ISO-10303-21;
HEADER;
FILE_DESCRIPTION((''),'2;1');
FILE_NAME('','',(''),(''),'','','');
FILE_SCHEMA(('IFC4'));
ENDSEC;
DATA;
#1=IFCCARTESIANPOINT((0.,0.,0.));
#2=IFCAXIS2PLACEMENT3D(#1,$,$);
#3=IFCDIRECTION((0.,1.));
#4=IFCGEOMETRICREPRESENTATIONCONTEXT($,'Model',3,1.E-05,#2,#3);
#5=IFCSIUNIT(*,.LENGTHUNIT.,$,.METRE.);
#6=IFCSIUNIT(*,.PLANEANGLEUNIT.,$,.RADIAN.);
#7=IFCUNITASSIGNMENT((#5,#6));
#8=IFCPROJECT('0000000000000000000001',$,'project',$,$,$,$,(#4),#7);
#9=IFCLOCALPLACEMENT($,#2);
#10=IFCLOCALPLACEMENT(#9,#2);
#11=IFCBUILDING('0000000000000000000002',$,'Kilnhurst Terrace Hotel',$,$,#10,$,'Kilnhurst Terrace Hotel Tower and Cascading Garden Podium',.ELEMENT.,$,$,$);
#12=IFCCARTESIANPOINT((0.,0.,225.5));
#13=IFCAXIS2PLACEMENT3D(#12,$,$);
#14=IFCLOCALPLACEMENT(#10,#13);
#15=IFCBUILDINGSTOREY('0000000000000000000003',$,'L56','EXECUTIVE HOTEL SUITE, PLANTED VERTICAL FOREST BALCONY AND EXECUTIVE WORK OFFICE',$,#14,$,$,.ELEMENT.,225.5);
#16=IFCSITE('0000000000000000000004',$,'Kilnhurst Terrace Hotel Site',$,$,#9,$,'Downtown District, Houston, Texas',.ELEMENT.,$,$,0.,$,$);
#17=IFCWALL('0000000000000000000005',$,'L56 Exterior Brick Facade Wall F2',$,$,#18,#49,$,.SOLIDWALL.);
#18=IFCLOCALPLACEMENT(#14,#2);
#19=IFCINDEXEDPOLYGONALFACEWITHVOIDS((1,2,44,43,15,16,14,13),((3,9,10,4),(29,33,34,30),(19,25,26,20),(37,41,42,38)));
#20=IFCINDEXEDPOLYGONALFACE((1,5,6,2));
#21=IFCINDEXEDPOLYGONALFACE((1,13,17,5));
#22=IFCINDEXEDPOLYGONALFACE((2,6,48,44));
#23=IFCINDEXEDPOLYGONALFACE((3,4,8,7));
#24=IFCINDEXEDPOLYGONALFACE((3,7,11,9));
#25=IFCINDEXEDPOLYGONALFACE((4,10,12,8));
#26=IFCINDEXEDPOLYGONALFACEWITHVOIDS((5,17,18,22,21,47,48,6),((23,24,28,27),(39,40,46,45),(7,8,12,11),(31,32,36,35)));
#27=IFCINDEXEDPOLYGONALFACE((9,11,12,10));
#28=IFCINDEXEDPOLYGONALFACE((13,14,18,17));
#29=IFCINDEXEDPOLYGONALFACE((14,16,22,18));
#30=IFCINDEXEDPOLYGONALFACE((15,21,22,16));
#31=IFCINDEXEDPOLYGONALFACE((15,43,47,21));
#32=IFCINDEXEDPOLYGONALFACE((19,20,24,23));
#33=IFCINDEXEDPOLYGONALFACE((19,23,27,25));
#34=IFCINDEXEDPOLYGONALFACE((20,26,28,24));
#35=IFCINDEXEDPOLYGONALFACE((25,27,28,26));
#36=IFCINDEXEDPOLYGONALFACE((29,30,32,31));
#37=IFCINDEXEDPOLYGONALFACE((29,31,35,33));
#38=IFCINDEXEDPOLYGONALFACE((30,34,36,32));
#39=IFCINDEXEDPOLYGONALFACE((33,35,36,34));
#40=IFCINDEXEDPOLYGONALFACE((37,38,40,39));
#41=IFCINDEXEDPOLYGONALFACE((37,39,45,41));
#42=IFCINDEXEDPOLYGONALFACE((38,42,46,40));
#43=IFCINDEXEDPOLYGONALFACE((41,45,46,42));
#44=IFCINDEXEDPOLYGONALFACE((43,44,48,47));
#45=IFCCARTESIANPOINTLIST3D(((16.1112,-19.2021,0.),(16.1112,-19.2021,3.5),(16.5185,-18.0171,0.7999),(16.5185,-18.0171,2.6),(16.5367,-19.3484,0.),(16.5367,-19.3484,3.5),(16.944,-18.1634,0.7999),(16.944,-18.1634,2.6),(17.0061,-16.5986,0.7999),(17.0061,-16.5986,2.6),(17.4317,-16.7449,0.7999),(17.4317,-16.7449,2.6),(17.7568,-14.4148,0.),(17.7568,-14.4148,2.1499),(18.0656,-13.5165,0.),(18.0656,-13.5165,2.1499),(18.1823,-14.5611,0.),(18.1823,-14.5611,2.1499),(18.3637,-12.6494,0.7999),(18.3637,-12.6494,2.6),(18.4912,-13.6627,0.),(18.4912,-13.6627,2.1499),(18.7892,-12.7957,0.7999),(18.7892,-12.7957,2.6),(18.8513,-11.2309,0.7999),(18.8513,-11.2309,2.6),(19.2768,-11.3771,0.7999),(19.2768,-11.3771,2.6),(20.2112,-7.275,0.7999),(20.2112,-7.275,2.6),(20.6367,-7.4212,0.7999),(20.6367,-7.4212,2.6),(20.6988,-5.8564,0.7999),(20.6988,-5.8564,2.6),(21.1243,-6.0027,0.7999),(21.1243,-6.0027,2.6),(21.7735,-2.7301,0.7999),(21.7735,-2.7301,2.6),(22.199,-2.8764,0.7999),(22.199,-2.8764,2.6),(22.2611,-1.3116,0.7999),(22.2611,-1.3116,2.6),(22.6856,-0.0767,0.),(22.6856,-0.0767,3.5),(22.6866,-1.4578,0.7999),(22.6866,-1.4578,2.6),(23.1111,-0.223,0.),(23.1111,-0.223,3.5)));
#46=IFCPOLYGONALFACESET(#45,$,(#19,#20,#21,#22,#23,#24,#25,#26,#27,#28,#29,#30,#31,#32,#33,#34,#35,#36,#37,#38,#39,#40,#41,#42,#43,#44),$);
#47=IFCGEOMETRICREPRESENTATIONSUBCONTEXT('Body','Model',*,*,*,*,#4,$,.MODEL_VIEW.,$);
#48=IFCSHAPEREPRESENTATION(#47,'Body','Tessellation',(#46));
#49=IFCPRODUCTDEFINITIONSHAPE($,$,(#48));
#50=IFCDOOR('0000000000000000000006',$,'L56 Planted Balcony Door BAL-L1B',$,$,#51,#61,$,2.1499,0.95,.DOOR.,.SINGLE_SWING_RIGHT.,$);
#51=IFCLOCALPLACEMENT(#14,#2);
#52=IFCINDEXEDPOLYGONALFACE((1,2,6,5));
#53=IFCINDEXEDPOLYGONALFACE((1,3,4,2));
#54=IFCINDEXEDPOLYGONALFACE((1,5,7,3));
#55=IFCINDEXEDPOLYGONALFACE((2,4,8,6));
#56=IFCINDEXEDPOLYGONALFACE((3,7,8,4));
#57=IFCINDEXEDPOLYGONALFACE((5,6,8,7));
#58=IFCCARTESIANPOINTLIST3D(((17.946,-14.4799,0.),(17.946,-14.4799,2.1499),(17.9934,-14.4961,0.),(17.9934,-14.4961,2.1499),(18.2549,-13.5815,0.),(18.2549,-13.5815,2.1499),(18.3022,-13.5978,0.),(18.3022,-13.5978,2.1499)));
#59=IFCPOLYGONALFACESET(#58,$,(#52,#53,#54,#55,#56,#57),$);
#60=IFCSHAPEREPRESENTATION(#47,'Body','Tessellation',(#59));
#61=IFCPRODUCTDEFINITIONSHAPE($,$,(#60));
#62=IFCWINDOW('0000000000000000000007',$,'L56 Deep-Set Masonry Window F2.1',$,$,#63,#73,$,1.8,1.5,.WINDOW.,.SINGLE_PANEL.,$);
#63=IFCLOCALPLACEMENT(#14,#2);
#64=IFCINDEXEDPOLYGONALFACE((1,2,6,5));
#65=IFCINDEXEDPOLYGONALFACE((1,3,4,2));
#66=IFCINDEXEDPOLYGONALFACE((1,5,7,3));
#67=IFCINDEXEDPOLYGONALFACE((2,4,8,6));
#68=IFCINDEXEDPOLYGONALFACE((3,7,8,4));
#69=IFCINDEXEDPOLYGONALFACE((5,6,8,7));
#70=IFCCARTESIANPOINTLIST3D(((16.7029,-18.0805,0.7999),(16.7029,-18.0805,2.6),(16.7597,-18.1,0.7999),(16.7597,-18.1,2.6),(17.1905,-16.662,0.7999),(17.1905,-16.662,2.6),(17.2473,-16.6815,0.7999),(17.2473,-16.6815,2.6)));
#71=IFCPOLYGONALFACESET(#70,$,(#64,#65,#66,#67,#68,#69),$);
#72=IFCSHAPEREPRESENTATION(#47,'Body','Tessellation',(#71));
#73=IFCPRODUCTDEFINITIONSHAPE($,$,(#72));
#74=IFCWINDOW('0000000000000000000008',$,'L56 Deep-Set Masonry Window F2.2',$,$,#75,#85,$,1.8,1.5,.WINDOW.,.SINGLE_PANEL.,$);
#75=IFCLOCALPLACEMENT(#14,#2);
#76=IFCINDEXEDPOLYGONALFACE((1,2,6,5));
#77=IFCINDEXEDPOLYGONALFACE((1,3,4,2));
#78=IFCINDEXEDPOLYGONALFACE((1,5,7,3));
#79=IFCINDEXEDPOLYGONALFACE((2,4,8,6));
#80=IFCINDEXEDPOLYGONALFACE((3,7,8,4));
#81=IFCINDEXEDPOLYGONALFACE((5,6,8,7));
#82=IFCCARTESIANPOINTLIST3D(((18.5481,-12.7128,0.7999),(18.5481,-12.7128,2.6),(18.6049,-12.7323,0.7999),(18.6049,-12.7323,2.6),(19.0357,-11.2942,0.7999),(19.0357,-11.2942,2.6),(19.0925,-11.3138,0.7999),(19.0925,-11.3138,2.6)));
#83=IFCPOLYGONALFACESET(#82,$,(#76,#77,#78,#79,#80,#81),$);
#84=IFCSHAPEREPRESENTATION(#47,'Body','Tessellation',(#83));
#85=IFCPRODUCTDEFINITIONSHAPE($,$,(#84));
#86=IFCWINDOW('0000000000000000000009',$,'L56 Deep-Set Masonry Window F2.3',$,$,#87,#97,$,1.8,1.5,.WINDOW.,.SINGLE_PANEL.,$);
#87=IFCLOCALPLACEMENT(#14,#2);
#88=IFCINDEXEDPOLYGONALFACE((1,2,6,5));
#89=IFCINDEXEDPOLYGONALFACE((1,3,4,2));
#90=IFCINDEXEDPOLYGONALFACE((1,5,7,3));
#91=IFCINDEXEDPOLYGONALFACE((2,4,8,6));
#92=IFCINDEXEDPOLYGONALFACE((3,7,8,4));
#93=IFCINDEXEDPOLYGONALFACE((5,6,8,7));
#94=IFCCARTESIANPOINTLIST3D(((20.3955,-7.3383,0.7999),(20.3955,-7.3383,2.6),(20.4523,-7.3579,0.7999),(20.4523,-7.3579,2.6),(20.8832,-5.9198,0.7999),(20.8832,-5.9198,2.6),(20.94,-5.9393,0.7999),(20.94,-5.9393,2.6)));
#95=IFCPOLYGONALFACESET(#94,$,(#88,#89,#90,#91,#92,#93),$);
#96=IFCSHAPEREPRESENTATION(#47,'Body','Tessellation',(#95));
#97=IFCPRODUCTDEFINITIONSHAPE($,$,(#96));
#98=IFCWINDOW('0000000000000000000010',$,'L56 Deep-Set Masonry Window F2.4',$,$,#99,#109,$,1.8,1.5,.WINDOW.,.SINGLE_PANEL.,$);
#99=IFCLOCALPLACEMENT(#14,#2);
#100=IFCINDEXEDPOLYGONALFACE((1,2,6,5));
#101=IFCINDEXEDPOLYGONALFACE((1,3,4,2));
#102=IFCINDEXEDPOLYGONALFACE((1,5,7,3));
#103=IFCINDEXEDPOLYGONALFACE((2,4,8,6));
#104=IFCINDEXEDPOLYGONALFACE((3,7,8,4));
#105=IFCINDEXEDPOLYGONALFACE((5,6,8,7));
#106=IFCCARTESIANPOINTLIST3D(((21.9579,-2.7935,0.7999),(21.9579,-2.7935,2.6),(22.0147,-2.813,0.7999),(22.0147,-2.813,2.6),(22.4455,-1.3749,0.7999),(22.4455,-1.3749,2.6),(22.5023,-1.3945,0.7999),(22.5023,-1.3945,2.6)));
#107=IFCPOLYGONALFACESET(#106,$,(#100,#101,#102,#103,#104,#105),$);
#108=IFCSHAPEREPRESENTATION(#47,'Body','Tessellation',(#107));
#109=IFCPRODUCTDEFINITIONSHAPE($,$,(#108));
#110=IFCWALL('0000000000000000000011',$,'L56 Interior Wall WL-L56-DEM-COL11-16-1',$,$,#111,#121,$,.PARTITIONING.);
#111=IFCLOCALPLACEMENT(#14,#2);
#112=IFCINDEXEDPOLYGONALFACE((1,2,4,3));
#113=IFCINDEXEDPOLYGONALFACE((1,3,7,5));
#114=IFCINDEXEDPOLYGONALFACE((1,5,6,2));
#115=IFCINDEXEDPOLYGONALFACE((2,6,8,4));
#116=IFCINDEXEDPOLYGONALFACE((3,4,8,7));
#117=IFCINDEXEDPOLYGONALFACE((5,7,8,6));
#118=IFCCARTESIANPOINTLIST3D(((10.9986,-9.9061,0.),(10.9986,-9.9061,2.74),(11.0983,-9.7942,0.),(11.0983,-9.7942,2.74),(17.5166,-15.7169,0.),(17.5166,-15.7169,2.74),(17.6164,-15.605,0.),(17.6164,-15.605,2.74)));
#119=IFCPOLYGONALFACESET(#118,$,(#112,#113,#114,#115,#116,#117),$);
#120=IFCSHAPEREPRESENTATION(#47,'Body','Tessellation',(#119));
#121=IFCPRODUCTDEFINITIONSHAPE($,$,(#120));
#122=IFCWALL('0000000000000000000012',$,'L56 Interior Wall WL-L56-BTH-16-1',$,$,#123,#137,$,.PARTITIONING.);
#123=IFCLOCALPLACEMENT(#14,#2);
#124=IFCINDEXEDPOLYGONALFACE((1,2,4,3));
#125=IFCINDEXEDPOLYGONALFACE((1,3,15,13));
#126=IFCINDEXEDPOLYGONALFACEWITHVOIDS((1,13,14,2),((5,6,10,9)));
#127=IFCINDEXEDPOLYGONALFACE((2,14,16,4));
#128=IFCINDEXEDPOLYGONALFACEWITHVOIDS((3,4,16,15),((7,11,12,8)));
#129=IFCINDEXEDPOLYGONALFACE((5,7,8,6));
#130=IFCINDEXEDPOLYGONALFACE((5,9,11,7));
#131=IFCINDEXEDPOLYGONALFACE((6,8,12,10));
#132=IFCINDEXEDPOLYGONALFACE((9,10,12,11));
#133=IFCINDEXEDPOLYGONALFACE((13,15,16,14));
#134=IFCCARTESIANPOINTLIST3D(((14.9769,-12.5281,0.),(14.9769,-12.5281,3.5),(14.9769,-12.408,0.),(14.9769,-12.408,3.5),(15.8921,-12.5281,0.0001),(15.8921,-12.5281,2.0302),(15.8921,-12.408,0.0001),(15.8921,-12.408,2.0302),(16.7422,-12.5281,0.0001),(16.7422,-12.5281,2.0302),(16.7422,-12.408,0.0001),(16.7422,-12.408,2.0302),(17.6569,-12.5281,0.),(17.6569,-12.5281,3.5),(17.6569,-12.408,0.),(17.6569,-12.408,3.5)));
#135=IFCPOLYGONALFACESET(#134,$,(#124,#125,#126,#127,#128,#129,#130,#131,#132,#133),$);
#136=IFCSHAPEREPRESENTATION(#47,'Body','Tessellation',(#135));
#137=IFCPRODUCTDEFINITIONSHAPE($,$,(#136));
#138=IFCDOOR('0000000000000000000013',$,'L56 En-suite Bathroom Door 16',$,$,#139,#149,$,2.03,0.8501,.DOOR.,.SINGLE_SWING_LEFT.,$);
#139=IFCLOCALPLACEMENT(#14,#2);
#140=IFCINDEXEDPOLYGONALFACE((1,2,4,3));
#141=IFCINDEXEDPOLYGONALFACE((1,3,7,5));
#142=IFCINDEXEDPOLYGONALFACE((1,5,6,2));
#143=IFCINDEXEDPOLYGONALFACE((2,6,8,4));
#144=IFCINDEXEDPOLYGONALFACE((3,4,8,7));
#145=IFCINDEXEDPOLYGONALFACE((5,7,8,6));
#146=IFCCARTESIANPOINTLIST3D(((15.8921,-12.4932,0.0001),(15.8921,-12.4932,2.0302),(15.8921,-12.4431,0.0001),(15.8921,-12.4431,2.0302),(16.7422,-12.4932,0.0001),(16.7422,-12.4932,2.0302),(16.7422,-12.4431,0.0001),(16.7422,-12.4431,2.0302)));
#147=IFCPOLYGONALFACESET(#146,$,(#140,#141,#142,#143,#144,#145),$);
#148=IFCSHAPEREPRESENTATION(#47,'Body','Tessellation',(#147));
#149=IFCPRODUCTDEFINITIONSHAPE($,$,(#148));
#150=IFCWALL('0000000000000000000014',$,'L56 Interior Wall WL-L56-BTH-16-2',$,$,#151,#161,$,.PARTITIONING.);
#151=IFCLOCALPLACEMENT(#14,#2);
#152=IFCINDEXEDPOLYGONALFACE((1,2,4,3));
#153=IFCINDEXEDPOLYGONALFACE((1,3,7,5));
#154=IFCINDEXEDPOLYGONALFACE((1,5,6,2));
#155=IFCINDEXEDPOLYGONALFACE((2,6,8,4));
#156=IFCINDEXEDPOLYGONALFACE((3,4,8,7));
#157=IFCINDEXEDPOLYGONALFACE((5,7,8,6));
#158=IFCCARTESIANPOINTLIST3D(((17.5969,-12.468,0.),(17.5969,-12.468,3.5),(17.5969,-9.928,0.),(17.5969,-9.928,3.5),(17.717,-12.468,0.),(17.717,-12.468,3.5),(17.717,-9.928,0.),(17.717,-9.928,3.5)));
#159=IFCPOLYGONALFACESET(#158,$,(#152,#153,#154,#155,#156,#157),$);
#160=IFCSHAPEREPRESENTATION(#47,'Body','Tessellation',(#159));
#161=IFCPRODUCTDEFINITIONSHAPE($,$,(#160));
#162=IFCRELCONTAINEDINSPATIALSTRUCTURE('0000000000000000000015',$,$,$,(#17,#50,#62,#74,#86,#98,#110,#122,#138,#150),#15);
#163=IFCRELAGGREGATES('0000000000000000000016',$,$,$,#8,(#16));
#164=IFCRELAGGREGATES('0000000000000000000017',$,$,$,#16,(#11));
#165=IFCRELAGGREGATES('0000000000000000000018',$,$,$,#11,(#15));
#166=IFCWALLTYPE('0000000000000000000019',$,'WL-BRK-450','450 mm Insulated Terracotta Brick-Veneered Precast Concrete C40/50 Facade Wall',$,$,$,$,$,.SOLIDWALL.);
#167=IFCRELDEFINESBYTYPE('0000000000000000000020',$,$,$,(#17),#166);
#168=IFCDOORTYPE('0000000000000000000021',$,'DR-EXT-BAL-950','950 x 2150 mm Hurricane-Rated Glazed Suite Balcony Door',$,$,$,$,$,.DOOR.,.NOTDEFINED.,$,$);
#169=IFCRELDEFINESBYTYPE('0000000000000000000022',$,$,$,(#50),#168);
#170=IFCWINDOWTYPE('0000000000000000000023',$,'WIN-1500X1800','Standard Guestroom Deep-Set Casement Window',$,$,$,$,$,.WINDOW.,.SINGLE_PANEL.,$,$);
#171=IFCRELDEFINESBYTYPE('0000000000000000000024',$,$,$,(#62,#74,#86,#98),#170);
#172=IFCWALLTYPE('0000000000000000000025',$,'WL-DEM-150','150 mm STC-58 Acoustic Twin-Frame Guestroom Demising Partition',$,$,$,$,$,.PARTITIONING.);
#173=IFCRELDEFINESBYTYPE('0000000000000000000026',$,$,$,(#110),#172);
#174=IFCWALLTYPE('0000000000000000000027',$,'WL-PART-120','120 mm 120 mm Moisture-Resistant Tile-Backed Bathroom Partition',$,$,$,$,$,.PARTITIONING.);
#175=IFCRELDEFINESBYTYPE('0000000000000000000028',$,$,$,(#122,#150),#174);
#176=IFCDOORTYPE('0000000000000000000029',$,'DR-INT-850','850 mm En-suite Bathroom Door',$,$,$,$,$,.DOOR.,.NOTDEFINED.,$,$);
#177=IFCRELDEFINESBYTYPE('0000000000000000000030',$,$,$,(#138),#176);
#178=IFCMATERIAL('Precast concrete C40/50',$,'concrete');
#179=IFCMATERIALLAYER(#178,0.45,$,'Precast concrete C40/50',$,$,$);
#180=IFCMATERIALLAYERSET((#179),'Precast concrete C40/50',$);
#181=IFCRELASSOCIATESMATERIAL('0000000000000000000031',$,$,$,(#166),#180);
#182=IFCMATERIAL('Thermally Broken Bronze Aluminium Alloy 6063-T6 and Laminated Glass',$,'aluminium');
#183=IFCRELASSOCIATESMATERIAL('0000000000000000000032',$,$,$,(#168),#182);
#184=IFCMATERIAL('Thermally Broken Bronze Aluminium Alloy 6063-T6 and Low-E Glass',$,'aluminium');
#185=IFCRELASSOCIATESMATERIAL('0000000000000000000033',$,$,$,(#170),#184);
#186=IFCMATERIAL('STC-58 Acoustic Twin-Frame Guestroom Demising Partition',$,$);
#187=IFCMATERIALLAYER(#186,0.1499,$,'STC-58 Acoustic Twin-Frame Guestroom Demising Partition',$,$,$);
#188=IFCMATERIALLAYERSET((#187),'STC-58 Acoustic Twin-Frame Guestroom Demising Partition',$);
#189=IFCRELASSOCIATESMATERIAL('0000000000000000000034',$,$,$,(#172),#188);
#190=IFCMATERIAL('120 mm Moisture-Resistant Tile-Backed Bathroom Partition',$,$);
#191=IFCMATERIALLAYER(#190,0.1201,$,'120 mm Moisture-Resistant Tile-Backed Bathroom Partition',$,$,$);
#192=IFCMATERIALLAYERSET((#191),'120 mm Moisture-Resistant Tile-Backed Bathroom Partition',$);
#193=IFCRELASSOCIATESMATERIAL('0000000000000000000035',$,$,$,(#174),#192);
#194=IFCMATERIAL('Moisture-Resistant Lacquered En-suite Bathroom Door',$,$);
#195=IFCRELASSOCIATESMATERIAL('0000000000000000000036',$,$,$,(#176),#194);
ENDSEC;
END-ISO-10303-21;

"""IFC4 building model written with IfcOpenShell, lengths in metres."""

from ifc_helpers import new_model, si_unit, direction, frame, frame_2d, origin, place, context, subcontext, project, spatial, rectangle, extrude, material, layer, layer_set, type_object, element, fill, save


model = new_model("IFC4")

# Units and contexts
model_context = context("Model", 3, precision=1e-05, world=origin(), true_north=direction((0.0, 1.0)))
body_context = subcontext(model_context, "Body", "Model", "MODEL_VIEW")
ifc_project = project(units=[si_unit("LENGTHUNIT", "METRE"), si_unit("PLANEANGLEUNIT", "RADIAN")], contexts=[model_context])

# Site, building, storey
site_placement = place(None, origin())
site = spatial("IfcSite", under=ifc_project, at=site_placement, Name="Kilnhurst Terrace Hotel Site", LongName="Downtown District, Houston, Texas", CompositionType="ELEMENT", RefElevation=0.0)
building_placement = place(site_placement, origin())
building = spatial("IfcBuilding", under=site, at=building_placement, Name="Kilnhurst Terrace Hotel", LongName="Kilnhurst Terrace Hotel Tower and Cascading Garden Podium", CompositionType="ELEMENT")
storey_placement = place(building_placement, frame((0.0, 0.0, 225.5)))
storey = spatial("IfcBuildingStorey", under=building, at=storey_placement, Name="L56", Description="EXECUTIVE HOTEL SUITE, PLANTED VERTICAL FOREST BALCONY AND EXECUTIVE WORK OFFICE", CompositionType="ELEMENT", Elevation=225.5)

# Shared definitions
ifc_material_1 = material(Name="Precast concrete C40/50", Category="concrete")
ifc_layer_1 = layer(ifc_material_1, 0.45, Name="Precast concrete C40/50")
ifc_layer_set_1 = layer_set([ifc_layer_1], Name="Precast concrete C40/50")
wall_type_1 = type_object("IfcWallType", Name="WL-BRK-450", Description="450 mm Insulated Terracotta Brick-Veneered Precast Concrete C40/50 Facade Wall", PredefinedType="SOLIDWALL", material=ifc_layer_set_1)

# Wall, openings, door, windows
wall_1_placement = place(storey_placement, frame((16.324, -19.2751, 0.0), z_axis=(0.0, 0.0, 1.0), x_axis=(0.325083, 0.945685, 0.0)))
wall_1 = element("IfcWall", 1, at=wall_1_placement, inside=storey, type_object=wall_type_1, Name="L56 Exterior Brick Facade Wall F2", PredefinedType="SOLIDWALL", context=body_context, shape_type="SweptSolid", body=[
    extrude(rectangle(XDim=20.2239, YDim=0.45, at=frame_2d((10.1118, 0.0))), origin(), (0.0, 0.0, 1.0), 3.5),
])
opening_1_placement = place(wall_1_placement, frame((5.062, 0.0, 0.0)))
opening_1 = element("IfcOpeningElement", 2, at=opening_1_placement, cuts=wall_1, PredefinedType="OPENING", context=body_context, shape_type="SweptSolid", body=[
    extrude(rectangle(XDim=0.95, YDim=2.1499, at=frame_2d((0.4751, 1.075))), frame((0.0, 0.2349, 0.0), z_axis=(0.0, -1.0, 0.0), x_axis=(1.0, 0.0, 0.0)), (0.0, 0.0, 1.0), 0.47),
])
opening_2_placement = place(wall_1_placement, frame((1.2529, 0.0, 0.8)))
opening_2 = element("IfcOpeningElement", 3, at=opening_2_placement, cuts=wall_1, PredefinedType="OPENING", context=body_context, shape_type="SweptSolid", body=[
    extrude(rectangle(XDim=1.5, YDim=1.8, at=frame_2d((0.75, 0.8999))), frame((0.0, 0.2349, 0.0), z_axis=(0.0, -1.0, 0.0), x_axis=(1.0, 0.0, 0.0)), (0.0, 0.0, 1.0), 0.47),
])
opening_3_placement = place(wall_1_placement, frame((6.929, 0.0, 0.8)))
opening_3 = element("IfcOpeningElement", 4, at=opening_3_placement, cuts=wall_1, PredefinedType="OPENING", context=body_context, shape_type="SweptSolid", body=[
    extrude(rectangle(XDim=1.5, YDim=1.8, at=frame_2d((0.75, 0.8999))), frame((0.0, 0.2349, 0.0), z_axis=(0.0, -1.0, 0.0), x_axis=(1.0, 0.0, 0.0)), (0.0, 0.0, 1.0), 0.47),
])
opening_4_placement = place(wall_1_placement, frame((12.6121, 0.0, 0.8)))
opening_4 = element("IfcOpeningElement", 5, at=opening_4_placement, cuts=wall_1, PredefinedType="OPENING", context=body_context, shape_type="SweptSolid", body=[
    extrude(rectangle(XDim=1.5, YDim=1.8, at=frame_2d((0.75, 0.8999))), frame((0.0, 0.2349, 0.0), z_axis=(0.0, -1.0, 0.0), x_axis=(1.0, 0.0, 0.0)), (0.0, 0.0, 1.0), 0.47),
])
opening_5_placement = place(wall_1_placement, frame((17.418, 0.0, 0.8)))
opening_5 = element("IfcOpeningElement", 6, at=opening_5_placement, cuts=wall_1, PredefinedType="OPENING", context=body_context, shape_type="SweptSolid", body=[
    extrude(rectangle(XDim=1.5, YDim=1.8, at=frame_2d((0.75, 0.8999))), frame((0.0, 0.2349, 0.0), z_axis=(0.0, -1.0, 0.0), x_axis=(1.0, 0.0, 0.0)), (0.0, 0.0, 1.0), 0.47),
])
ifc_material_2 = material(Name="Thermally Broken Bronze Aluminium Alloy 6063-T6 and Laminated Glass", Category="aluminium")
door_type_1 = type_object("IfcDoorType", Name="DR-EXT-BAL-950", Description="950 x 2150 mm Hurricane-Rated Glazed Suite Balcony Door", OperationType="NOTDEFINED", PredefinedType="DOOR", material=ifc_material_2)
door_1_placement = place(opening_1_placement, origin())
door_1 = element("IfcDoor", 7, at=door_1_placement, inside=storey, type_object=door_type_1, Name="L56 Planted Balcony Door BAL-L1B", OperationType="SINGLE_SWING_RIGHT", OverallHeight=2.1499, OverallWidth=0.95, PredefinedType="DOOR", context=body_context, shape_type="SweptSolid", body=[
    extrude(rectangle(XDim=0.95, YDim=2.1499, at=frame_2d((0.4751, 1.075))), frame((0.0, 0.0249, 0.0), z_axis=(0.0, -1.0, 0.0), x_axis=(1.0, 0.0, 0.0)), (0.0, 0.0, 1.0), 0.05),
])
fill(opening_1, door_1)
ifc_material_3 = material(Name="Thermally Broken Bronze Aluminium Alloy 6063-T6 and Low-E Glass", Category="aluminium")
window_type = type_object("IfcWindowType", Name="WIN-1500X1800", Description="Standard Guestroom Deep-Set Casement Window", PartitioningType="SINGLE_PANEL", PredefinedType="WINDOW", material=ifc_material_3)
window_1_placement = place(opening_2_placement, origin())
window_1 = element("IfcWindow", 8, at=window_1_placement, inside=storey, type_object=window_type, Name="L56 Deep-Set Masonry Window F2.1", OverallHeight=1.8, OverallWidth=1.5, PartitioningType="SINGLE_PANEL", PredefinedType="WINDOW", context=body_context, shape_type="SweptSolid", body=[
    extrude(rectangle(XDim=1.5, YDim=1.8, at=frame_2d((0.75, 0.8999))), frame((0.0, 0.03, 0.0), z_axis=(0.0, -1.0, 0.0), x_axis=(1.0, 0.0, 0.0)), (0.0, 0.0, 1.0), 0.0601),
])
fill(opening_2, window_1)
window_2_placement = place(opening_3_placement, origin())
window_2 = element("IfcWindow", 9, at=window_2_placement, inside=storey, type_object=window_type, Name="L56 Deep-Set Masonry Window F2.2", OverallHeight=1.8, OverallWidth=1.5, PartitioningType="SINGLE_PANEL", PredefinedType="WINDOW", context=body_context, shape_type="SweptSolid", body=[
    extrude(rectangle(XDim=1.5, YDim=1.8, at=frame_2d((0.75, 0.8999))), frame((0.0, 0.03, 0.0), z_axis=(0.0, -1.0, 0.0), x_axis=(1.0, 0.0, 0.0)), (0.0, 0.0, 1.0), 0.0601),
])
fill(opening_3, window_2)
window_3_placement = place(opening_4_placement, origin())
window_3 = element("IfcWindow", 10, at=window_3_placement, inside=storey, type_object=window_type, Name="L56 Deep-Set Masonry Window F2.3", OverallHeight=1.8, OverallWidth=1.5, PartitioningType="SINGLE_PANEL", PredefinedType="WINDOW", context=body_context, shape_type="SweptSolid", body=[
    extrude(rectangle(XDim=1.5, YDim=1.8, at=frame_2d((0.75, 0.8999))), frame((0.0, 0.03, 0.0), z_axis=(0.0, -1.0, 0.0), x_axis=(1.0, 0.0, 0.0)), (0.0, 0.0, 1.0), 0.0601),
])
fill(opening_4, window_3)
window_4_placement = place(opening_5_placement, origin())
window_4 = element("IfcWindow", 11, at=window_4_placement, inside=storey, type_object=window_type, Name="L56 Deep-Set Masonry Window F2.4", OverallHeight=1.8, OverallWidth=1.5, PartitioningType="SINGLE_PANEL", PredefinedType="WINDOW", context=body_context, shape_type="SweptSolid", body=[
    extrude(rectangle(XDim=1.5, YDim=1.8, at=frame_2d((0.75, 0.8999))), frame((0.0, 0.03, 0.0), z_axis=(0.0, -1.0, 0.0), x_axis=(1.0, 0.0, 0.0)), (0.0, 0.0, 1.0), 0.0601),
])
fill(opening_5, window_4)

# Wall
ifc_material_4 = material(Name="STC-58 Acoustic Twin-Frame Guestroom Demising Partition")
ifc_layer_2 = layer(ifc_material_4, 0.1499, Name="STC-58 Acoustic Twin-Frame Guestroom Demising Partition")
ifc_layer_set_2 = layer_set([ifc_layer_2], Name="STC-58 Acoustic Twin-Frame Guestroom Demising Partition")
wall_type_2 = type_object("IfcWallType", Name="WL-DEM-150", Description="150 mm STC-58 Acoustic Twin-Frame Guestroom Demising Partition", PredefinedType="PARTITIONING", material=ifc_layer_set_2)
wall_2_placement = place(storey_placement, frame((11.0483, -9.8501, 0.0), z_axis=(0.0, 0.0, 1.0), x_axis=(0.746444, -0.665448, 0.0)))
element("IfcWall", 12, at=wall_2_placement, inside=storey, type_object=wall_type_2, Name="L56 Interior Wall WL-L56-DEM-COL11-16-1", PredefinedType="PARTITIONING", context=body_context, shape_type="SweptSolid", body=[
    extrude(rectangle(XDim=8.7322, YDim=0.1499, at=frame_2d((4.3662, 0.0))), origin(), (0.0, 0.0, 1.0), 2.74),
])

# Wall, opening, door
ifc_material_5 = material(Name="120 mm Moisture-Resistant Tile-Backed Bathroom Partition")
ifc_layer_3 = layer(ifc_material_5, 0.1201, Name="120 mm Moisture-Resistant Tile-Backed Bathroom Partition")
ifc_layer_set_3 = layer_set([ifc_layer_3], Name="120 mm Moisture-Resistant Tile-Backed Bathroom Partition")
wall_type_3 = type_object("IfcWallType", Name="WL-PART-120", Description="120 mm 120 mm Moisture-Resistant Tile-Backed Bathroom Partition", PredefinedType="PARTITIONING", material=ifc_layer_set_3)
wall_3_placement = place(storey_placement, frame((14.9771, -12.468, 0.0), z_axis=(0.0, 0.0, 1.0), x_axis=(1.0, 0.0, 0.0)))
wall_3 = element("IfcWall", 13, at=wall_3_placement, inside=storey, type_object=wall_type_3, Name="L56 Interior Wall WL-L56-BTH-16-1", PredefinedType="PARTITIONING", context=body_context, shape_type="SweptSolid", body=[
    extrude(rectangle(XDim=2.6799, YDim=0.1201, at=frame_2d((1.3398, 0.0))), origin(), (0.0, 0.0, 1.0), 3.5),
])
opening_6_placement = place(wall_3_placement, frame((0.915, 0.0, 0.0)))
opening_6 = element("IfcOpeningElement", 14, at=opening_6_placement, cuts=wall_3, PredefinedType="OPENING", context=body_context, shape_type="SweptSolid", body=[
    extrude(rectangle(XDim=0.8501, YDim=2.03, at=frame_2d((0.425, 1.0151))), frame((0.0, 0.0701, 0.0), z_axis=(0.0, -1.0, 0.0), x_axis=(1.0, 0.0, 0.0)), (0.0, 0.0, 1.0), 0.1401),
])
ifc_material_6 = material(Name="Moisture-Resistant Lacquered En-suite Bathroom Door")
door_type_2 = type_object("IfcDoorType", Name="DR-INT-850", Description="850 mm En-suite Bathroom Door", OperationType="NOTDEFINED", PredefinedType="DOOR", material=ifc_material_6)
door_2_placement = place(opening_6_placement, origin())
door_2 = element("IfcDoor", 15, at=door_2_placement, inside=storey, type_object=door_type_2, Name="L56 En-suite Bathroom Door 16", OperationType="SINGLE_SWING_LEFT", OverallHeight=2.03, OverallWidth=0.8501, PredefinedType="DOOR", context=body_context, shape_type="SweptSolid", body=[
    extrude(rectangle(XDim=0.8501, YDim=2.03, at=frame_2d((0.425, 1.0151))), frame((0.0, 0.0249, 0.0), z_axis=(0.0, -1.0, 0.0), x_axis=(1.0, 0.0, 0.0)), (0.0, 0.0, 1.0), 0.05),
])
fill(opening_6, door_2)

# Wall
wall_4_placement = place(storey_placement, frame((17.657, -12.468, 0.0), z_axis=(0.0, 0.0, 1.0), x_axis=(0.0, 1.0, 0.0)))
element("IfcWall", 16, at=wall_4_placement, inside=storey, type_object=wall_type_3, Name="L56 Interior Wall WL-L56-BTH-16-2", PredefinedType="PARTITIONING", context=body_context, shape_type="SweptSolid", body=[
    extrude(rectangle(XDim=2.54, YDim=0.1201, at=frame_2d((1.27, 0.0))), origin(), (0.0, 0.0, 1.0), 3.5),
])

save(model, "model.ifc")
